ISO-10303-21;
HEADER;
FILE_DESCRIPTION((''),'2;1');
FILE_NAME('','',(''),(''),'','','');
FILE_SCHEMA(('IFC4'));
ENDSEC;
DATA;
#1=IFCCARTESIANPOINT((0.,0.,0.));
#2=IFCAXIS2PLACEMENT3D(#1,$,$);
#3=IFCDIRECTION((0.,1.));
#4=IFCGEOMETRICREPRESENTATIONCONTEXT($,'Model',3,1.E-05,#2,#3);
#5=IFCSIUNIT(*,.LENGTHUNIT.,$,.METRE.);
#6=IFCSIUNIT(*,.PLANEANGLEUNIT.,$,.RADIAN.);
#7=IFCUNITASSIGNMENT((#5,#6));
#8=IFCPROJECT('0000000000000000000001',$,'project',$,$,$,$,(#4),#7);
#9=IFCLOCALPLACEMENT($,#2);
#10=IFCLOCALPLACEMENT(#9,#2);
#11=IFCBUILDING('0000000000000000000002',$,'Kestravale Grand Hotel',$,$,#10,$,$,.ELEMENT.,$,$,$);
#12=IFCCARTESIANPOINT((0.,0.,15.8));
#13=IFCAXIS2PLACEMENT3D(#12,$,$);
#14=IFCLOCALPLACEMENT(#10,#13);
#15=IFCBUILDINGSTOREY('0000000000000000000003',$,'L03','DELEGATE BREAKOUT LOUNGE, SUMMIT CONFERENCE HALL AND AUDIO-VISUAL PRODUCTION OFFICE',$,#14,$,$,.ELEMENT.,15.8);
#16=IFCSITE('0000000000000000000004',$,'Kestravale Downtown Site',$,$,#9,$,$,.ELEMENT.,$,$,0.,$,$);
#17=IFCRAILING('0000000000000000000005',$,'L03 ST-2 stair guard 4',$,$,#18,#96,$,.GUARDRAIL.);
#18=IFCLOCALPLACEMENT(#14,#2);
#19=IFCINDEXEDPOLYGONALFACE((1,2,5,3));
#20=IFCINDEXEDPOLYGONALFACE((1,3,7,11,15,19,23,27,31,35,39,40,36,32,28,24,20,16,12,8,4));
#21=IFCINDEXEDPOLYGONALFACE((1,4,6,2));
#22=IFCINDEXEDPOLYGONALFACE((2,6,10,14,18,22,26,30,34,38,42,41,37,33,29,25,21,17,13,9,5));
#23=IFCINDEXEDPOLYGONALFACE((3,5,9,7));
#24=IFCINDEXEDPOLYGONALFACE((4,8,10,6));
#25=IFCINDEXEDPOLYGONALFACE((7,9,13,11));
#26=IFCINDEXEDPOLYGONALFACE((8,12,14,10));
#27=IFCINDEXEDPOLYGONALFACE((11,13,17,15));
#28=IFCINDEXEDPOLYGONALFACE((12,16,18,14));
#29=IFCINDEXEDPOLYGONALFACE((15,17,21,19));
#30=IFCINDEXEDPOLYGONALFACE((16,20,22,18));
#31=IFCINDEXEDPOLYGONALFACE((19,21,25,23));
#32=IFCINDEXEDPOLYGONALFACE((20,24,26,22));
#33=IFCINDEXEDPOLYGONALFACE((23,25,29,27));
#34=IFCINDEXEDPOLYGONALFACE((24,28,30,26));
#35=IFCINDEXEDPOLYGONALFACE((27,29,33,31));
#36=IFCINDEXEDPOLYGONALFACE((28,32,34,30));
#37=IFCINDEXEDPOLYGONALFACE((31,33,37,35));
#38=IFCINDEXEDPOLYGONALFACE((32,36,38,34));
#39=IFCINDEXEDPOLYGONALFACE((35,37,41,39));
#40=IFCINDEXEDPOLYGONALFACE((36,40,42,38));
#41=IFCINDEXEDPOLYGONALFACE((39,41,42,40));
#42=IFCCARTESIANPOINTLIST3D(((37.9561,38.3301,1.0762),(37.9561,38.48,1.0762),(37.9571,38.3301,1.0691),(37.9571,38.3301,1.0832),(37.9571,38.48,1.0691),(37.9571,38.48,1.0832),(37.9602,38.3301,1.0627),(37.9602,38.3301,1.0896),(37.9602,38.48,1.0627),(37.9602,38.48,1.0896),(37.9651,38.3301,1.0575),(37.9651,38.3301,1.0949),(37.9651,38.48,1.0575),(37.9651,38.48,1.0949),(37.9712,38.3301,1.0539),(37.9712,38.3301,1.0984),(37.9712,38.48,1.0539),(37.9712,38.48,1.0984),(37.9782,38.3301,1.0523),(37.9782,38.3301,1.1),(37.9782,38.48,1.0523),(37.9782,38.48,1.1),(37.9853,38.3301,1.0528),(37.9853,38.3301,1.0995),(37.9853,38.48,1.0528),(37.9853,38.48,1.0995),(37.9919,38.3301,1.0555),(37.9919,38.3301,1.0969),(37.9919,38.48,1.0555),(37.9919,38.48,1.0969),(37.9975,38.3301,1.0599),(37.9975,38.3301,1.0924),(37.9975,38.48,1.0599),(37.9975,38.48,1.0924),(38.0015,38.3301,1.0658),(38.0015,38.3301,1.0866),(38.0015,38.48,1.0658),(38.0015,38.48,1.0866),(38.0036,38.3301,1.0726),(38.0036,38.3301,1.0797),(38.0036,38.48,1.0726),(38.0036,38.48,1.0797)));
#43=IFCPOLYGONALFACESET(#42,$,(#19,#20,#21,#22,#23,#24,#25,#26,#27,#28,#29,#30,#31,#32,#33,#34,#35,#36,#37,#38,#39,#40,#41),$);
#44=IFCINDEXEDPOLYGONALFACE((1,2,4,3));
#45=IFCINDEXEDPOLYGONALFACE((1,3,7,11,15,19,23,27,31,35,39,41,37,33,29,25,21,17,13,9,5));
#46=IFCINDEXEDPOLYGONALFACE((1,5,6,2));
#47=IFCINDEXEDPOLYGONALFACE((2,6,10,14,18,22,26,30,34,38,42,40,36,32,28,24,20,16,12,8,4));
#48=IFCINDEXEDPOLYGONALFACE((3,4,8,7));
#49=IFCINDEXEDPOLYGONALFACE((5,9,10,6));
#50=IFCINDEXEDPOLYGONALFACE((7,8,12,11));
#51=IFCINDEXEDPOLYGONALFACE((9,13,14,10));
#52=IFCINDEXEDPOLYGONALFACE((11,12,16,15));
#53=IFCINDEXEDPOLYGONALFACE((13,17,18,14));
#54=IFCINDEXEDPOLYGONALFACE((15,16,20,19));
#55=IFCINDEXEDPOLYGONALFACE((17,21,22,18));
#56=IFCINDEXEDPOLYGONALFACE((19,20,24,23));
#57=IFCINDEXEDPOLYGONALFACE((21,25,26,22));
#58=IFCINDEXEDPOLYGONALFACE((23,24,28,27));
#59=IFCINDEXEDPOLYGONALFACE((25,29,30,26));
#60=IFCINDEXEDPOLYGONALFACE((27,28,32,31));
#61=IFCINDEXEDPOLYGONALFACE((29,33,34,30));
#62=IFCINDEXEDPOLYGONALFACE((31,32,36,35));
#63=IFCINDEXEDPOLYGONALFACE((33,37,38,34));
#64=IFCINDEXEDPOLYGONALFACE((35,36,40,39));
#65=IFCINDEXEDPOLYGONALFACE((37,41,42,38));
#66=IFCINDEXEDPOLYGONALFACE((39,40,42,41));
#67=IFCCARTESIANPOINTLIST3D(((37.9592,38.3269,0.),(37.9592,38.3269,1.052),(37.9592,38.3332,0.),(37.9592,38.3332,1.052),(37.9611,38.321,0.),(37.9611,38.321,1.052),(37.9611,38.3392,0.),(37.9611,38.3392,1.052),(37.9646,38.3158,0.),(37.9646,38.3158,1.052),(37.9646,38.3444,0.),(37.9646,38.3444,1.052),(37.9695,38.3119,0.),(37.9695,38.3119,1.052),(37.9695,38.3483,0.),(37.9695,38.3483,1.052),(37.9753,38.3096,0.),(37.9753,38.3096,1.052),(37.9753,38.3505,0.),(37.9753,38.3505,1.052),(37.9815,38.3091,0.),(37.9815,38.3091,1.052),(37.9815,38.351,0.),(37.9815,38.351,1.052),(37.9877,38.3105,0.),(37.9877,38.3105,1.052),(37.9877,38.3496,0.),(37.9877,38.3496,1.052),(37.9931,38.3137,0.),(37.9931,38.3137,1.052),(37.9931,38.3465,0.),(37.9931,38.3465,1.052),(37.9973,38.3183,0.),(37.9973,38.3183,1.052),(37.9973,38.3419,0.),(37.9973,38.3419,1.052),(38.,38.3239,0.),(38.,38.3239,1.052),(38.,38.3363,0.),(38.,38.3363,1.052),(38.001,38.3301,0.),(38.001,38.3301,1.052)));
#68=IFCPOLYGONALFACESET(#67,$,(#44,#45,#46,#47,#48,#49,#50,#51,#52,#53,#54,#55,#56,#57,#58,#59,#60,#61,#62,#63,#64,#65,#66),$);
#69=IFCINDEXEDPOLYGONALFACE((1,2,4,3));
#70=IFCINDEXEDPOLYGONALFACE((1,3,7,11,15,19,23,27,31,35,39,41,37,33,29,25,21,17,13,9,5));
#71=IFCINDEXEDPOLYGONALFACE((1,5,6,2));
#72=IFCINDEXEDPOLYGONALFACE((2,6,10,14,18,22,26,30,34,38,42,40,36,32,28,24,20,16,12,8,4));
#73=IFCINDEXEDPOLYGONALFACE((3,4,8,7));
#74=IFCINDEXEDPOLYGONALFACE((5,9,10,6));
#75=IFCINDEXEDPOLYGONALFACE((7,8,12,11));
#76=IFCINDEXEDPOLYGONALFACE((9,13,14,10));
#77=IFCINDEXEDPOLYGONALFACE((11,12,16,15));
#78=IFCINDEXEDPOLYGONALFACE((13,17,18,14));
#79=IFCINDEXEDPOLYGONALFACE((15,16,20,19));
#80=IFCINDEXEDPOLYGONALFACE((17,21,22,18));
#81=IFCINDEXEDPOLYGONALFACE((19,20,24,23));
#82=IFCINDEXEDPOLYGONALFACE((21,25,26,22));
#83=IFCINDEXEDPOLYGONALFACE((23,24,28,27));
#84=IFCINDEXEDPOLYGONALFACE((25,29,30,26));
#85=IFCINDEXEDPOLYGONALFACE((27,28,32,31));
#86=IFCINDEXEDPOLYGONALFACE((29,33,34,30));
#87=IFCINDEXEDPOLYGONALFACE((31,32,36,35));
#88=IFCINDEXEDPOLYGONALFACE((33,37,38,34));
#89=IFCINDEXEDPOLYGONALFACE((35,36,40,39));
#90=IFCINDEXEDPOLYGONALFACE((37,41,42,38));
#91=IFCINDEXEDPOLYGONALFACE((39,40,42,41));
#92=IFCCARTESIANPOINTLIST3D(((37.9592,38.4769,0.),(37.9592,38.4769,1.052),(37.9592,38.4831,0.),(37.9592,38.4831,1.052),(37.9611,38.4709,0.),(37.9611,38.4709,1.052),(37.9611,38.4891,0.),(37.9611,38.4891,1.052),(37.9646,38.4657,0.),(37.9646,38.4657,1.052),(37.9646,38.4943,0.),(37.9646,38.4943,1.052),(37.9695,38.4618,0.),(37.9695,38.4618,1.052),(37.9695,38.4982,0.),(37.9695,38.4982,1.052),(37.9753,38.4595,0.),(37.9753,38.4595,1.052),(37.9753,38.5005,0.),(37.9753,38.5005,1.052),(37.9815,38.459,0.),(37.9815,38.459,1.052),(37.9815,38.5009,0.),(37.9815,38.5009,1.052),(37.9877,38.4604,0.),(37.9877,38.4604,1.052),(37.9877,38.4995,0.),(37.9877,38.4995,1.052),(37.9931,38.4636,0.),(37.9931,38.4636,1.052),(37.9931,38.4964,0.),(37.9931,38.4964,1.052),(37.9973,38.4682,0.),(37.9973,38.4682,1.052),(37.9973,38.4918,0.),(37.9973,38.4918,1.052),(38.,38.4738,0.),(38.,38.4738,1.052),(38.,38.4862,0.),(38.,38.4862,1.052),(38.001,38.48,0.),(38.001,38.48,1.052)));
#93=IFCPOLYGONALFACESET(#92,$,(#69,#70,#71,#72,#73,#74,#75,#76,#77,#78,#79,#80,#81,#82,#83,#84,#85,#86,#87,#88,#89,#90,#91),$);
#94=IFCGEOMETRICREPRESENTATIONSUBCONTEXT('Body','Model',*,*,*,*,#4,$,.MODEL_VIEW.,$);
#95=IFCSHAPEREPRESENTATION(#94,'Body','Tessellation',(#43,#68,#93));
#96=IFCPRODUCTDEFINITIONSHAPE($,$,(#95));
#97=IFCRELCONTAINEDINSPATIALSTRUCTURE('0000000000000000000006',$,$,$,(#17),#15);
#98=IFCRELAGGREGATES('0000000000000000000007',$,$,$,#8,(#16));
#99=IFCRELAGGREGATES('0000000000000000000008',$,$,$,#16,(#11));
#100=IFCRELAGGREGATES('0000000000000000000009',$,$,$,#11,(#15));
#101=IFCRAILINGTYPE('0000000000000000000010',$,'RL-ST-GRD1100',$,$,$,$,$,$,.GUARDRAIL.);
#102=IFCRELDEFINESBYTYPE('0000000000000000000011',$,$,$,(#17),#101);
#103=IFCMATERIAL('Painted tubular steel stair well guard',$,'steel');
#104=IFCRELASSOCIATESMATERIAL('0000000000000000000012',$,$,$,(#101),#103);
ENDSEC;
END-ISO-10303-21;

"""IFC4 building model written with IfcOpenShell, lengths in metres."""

from ifc_helpers import new_model, si_unit, direction, frame, origin, origin_2d, place, context, subcontext, project, spatial, circle, extrude, material, type_object, element, save


model = new_model("IFC4")

# Units and contexts
model_context = context("Model", 3, precision=1e-05, world=origin(), true_north=direction((0.0, 1.0)))
body_context = subcontext(model_context, "Body", "Model", "MODEL_VIEW")
ifc_project = project(units=[si_unit("LENGTHUNIT", "METRE"), si_unit("PLANEANGLEUNIT", "RADIAN")], contexts=[model_context])

# Site, building, storey
site_placement = place(None, origin())
site = spatial("IfcSite", under=ifc_project, at=site_placement, Name="Kestravale Downtown Site", CompositionType="ELEMENT", RefElevation=0.0)
building_placement = place(site_placement, origin())
building = spatial("IfcBuilding", under=site, at=building_placement, Name="Kestravale Grand Hotel", CompositionType="ELEMENT")
storey_placement = place(building_placement, frame((0.0, 0.0, 15.8)))
storey = spatial("IfcBuildingStorey", under=building, at=storey_placement, Name="L03", Description="DELEGATE BREAKOUT LOUNGE, SUMMIT CONFERENCE HALL AND AUDIO-VISUAL PRODUCTION OFFICE", CompositionType="ELEMENT", Elevation=15.8)

# Railing
ifc_material_1 = material(Name="Painted tubular steel stair well guard", Category="steel")
railing_type_1 = type_object("IfcRailingType", Name="RL-ST-GRD1100", PredefinedType="GUARDRAIL", material=ifc_material_1)
railing_1_placement = place(storey_placement, frame((37.98, 38.3301, 0.0)))
element("IfcRailing", 1, at=railing_1_placement, inside=storey, type_object=railing_type_1, Name="L03 ST-2 stair guard 4", PredefinedType="GUARDRAIL", context=body_context, shape_type="SweptSolid", body=[
    extrude(circle(Radius=0.0239, at=origin_2d()), frame((0.0, 0.0, 1.0762), z_axis=(0.0, 1.0, 0.0), x_axis=(-1.0, 0.0, 0.0)), (0.0, 0.0, 1.0), 0.1499),
    extrude(circle(Radius=0.021, at=origin_2d()), origin(), (0.0, 0.0, 1.0), 1.052),
    extrude(circle(Radius=0.021, at=origin_2d()), frame((0.0, 0.1499, 0.0)), (0.0, 0.0, 1.0), 1.052),
])

save(model, "model.ifc")
